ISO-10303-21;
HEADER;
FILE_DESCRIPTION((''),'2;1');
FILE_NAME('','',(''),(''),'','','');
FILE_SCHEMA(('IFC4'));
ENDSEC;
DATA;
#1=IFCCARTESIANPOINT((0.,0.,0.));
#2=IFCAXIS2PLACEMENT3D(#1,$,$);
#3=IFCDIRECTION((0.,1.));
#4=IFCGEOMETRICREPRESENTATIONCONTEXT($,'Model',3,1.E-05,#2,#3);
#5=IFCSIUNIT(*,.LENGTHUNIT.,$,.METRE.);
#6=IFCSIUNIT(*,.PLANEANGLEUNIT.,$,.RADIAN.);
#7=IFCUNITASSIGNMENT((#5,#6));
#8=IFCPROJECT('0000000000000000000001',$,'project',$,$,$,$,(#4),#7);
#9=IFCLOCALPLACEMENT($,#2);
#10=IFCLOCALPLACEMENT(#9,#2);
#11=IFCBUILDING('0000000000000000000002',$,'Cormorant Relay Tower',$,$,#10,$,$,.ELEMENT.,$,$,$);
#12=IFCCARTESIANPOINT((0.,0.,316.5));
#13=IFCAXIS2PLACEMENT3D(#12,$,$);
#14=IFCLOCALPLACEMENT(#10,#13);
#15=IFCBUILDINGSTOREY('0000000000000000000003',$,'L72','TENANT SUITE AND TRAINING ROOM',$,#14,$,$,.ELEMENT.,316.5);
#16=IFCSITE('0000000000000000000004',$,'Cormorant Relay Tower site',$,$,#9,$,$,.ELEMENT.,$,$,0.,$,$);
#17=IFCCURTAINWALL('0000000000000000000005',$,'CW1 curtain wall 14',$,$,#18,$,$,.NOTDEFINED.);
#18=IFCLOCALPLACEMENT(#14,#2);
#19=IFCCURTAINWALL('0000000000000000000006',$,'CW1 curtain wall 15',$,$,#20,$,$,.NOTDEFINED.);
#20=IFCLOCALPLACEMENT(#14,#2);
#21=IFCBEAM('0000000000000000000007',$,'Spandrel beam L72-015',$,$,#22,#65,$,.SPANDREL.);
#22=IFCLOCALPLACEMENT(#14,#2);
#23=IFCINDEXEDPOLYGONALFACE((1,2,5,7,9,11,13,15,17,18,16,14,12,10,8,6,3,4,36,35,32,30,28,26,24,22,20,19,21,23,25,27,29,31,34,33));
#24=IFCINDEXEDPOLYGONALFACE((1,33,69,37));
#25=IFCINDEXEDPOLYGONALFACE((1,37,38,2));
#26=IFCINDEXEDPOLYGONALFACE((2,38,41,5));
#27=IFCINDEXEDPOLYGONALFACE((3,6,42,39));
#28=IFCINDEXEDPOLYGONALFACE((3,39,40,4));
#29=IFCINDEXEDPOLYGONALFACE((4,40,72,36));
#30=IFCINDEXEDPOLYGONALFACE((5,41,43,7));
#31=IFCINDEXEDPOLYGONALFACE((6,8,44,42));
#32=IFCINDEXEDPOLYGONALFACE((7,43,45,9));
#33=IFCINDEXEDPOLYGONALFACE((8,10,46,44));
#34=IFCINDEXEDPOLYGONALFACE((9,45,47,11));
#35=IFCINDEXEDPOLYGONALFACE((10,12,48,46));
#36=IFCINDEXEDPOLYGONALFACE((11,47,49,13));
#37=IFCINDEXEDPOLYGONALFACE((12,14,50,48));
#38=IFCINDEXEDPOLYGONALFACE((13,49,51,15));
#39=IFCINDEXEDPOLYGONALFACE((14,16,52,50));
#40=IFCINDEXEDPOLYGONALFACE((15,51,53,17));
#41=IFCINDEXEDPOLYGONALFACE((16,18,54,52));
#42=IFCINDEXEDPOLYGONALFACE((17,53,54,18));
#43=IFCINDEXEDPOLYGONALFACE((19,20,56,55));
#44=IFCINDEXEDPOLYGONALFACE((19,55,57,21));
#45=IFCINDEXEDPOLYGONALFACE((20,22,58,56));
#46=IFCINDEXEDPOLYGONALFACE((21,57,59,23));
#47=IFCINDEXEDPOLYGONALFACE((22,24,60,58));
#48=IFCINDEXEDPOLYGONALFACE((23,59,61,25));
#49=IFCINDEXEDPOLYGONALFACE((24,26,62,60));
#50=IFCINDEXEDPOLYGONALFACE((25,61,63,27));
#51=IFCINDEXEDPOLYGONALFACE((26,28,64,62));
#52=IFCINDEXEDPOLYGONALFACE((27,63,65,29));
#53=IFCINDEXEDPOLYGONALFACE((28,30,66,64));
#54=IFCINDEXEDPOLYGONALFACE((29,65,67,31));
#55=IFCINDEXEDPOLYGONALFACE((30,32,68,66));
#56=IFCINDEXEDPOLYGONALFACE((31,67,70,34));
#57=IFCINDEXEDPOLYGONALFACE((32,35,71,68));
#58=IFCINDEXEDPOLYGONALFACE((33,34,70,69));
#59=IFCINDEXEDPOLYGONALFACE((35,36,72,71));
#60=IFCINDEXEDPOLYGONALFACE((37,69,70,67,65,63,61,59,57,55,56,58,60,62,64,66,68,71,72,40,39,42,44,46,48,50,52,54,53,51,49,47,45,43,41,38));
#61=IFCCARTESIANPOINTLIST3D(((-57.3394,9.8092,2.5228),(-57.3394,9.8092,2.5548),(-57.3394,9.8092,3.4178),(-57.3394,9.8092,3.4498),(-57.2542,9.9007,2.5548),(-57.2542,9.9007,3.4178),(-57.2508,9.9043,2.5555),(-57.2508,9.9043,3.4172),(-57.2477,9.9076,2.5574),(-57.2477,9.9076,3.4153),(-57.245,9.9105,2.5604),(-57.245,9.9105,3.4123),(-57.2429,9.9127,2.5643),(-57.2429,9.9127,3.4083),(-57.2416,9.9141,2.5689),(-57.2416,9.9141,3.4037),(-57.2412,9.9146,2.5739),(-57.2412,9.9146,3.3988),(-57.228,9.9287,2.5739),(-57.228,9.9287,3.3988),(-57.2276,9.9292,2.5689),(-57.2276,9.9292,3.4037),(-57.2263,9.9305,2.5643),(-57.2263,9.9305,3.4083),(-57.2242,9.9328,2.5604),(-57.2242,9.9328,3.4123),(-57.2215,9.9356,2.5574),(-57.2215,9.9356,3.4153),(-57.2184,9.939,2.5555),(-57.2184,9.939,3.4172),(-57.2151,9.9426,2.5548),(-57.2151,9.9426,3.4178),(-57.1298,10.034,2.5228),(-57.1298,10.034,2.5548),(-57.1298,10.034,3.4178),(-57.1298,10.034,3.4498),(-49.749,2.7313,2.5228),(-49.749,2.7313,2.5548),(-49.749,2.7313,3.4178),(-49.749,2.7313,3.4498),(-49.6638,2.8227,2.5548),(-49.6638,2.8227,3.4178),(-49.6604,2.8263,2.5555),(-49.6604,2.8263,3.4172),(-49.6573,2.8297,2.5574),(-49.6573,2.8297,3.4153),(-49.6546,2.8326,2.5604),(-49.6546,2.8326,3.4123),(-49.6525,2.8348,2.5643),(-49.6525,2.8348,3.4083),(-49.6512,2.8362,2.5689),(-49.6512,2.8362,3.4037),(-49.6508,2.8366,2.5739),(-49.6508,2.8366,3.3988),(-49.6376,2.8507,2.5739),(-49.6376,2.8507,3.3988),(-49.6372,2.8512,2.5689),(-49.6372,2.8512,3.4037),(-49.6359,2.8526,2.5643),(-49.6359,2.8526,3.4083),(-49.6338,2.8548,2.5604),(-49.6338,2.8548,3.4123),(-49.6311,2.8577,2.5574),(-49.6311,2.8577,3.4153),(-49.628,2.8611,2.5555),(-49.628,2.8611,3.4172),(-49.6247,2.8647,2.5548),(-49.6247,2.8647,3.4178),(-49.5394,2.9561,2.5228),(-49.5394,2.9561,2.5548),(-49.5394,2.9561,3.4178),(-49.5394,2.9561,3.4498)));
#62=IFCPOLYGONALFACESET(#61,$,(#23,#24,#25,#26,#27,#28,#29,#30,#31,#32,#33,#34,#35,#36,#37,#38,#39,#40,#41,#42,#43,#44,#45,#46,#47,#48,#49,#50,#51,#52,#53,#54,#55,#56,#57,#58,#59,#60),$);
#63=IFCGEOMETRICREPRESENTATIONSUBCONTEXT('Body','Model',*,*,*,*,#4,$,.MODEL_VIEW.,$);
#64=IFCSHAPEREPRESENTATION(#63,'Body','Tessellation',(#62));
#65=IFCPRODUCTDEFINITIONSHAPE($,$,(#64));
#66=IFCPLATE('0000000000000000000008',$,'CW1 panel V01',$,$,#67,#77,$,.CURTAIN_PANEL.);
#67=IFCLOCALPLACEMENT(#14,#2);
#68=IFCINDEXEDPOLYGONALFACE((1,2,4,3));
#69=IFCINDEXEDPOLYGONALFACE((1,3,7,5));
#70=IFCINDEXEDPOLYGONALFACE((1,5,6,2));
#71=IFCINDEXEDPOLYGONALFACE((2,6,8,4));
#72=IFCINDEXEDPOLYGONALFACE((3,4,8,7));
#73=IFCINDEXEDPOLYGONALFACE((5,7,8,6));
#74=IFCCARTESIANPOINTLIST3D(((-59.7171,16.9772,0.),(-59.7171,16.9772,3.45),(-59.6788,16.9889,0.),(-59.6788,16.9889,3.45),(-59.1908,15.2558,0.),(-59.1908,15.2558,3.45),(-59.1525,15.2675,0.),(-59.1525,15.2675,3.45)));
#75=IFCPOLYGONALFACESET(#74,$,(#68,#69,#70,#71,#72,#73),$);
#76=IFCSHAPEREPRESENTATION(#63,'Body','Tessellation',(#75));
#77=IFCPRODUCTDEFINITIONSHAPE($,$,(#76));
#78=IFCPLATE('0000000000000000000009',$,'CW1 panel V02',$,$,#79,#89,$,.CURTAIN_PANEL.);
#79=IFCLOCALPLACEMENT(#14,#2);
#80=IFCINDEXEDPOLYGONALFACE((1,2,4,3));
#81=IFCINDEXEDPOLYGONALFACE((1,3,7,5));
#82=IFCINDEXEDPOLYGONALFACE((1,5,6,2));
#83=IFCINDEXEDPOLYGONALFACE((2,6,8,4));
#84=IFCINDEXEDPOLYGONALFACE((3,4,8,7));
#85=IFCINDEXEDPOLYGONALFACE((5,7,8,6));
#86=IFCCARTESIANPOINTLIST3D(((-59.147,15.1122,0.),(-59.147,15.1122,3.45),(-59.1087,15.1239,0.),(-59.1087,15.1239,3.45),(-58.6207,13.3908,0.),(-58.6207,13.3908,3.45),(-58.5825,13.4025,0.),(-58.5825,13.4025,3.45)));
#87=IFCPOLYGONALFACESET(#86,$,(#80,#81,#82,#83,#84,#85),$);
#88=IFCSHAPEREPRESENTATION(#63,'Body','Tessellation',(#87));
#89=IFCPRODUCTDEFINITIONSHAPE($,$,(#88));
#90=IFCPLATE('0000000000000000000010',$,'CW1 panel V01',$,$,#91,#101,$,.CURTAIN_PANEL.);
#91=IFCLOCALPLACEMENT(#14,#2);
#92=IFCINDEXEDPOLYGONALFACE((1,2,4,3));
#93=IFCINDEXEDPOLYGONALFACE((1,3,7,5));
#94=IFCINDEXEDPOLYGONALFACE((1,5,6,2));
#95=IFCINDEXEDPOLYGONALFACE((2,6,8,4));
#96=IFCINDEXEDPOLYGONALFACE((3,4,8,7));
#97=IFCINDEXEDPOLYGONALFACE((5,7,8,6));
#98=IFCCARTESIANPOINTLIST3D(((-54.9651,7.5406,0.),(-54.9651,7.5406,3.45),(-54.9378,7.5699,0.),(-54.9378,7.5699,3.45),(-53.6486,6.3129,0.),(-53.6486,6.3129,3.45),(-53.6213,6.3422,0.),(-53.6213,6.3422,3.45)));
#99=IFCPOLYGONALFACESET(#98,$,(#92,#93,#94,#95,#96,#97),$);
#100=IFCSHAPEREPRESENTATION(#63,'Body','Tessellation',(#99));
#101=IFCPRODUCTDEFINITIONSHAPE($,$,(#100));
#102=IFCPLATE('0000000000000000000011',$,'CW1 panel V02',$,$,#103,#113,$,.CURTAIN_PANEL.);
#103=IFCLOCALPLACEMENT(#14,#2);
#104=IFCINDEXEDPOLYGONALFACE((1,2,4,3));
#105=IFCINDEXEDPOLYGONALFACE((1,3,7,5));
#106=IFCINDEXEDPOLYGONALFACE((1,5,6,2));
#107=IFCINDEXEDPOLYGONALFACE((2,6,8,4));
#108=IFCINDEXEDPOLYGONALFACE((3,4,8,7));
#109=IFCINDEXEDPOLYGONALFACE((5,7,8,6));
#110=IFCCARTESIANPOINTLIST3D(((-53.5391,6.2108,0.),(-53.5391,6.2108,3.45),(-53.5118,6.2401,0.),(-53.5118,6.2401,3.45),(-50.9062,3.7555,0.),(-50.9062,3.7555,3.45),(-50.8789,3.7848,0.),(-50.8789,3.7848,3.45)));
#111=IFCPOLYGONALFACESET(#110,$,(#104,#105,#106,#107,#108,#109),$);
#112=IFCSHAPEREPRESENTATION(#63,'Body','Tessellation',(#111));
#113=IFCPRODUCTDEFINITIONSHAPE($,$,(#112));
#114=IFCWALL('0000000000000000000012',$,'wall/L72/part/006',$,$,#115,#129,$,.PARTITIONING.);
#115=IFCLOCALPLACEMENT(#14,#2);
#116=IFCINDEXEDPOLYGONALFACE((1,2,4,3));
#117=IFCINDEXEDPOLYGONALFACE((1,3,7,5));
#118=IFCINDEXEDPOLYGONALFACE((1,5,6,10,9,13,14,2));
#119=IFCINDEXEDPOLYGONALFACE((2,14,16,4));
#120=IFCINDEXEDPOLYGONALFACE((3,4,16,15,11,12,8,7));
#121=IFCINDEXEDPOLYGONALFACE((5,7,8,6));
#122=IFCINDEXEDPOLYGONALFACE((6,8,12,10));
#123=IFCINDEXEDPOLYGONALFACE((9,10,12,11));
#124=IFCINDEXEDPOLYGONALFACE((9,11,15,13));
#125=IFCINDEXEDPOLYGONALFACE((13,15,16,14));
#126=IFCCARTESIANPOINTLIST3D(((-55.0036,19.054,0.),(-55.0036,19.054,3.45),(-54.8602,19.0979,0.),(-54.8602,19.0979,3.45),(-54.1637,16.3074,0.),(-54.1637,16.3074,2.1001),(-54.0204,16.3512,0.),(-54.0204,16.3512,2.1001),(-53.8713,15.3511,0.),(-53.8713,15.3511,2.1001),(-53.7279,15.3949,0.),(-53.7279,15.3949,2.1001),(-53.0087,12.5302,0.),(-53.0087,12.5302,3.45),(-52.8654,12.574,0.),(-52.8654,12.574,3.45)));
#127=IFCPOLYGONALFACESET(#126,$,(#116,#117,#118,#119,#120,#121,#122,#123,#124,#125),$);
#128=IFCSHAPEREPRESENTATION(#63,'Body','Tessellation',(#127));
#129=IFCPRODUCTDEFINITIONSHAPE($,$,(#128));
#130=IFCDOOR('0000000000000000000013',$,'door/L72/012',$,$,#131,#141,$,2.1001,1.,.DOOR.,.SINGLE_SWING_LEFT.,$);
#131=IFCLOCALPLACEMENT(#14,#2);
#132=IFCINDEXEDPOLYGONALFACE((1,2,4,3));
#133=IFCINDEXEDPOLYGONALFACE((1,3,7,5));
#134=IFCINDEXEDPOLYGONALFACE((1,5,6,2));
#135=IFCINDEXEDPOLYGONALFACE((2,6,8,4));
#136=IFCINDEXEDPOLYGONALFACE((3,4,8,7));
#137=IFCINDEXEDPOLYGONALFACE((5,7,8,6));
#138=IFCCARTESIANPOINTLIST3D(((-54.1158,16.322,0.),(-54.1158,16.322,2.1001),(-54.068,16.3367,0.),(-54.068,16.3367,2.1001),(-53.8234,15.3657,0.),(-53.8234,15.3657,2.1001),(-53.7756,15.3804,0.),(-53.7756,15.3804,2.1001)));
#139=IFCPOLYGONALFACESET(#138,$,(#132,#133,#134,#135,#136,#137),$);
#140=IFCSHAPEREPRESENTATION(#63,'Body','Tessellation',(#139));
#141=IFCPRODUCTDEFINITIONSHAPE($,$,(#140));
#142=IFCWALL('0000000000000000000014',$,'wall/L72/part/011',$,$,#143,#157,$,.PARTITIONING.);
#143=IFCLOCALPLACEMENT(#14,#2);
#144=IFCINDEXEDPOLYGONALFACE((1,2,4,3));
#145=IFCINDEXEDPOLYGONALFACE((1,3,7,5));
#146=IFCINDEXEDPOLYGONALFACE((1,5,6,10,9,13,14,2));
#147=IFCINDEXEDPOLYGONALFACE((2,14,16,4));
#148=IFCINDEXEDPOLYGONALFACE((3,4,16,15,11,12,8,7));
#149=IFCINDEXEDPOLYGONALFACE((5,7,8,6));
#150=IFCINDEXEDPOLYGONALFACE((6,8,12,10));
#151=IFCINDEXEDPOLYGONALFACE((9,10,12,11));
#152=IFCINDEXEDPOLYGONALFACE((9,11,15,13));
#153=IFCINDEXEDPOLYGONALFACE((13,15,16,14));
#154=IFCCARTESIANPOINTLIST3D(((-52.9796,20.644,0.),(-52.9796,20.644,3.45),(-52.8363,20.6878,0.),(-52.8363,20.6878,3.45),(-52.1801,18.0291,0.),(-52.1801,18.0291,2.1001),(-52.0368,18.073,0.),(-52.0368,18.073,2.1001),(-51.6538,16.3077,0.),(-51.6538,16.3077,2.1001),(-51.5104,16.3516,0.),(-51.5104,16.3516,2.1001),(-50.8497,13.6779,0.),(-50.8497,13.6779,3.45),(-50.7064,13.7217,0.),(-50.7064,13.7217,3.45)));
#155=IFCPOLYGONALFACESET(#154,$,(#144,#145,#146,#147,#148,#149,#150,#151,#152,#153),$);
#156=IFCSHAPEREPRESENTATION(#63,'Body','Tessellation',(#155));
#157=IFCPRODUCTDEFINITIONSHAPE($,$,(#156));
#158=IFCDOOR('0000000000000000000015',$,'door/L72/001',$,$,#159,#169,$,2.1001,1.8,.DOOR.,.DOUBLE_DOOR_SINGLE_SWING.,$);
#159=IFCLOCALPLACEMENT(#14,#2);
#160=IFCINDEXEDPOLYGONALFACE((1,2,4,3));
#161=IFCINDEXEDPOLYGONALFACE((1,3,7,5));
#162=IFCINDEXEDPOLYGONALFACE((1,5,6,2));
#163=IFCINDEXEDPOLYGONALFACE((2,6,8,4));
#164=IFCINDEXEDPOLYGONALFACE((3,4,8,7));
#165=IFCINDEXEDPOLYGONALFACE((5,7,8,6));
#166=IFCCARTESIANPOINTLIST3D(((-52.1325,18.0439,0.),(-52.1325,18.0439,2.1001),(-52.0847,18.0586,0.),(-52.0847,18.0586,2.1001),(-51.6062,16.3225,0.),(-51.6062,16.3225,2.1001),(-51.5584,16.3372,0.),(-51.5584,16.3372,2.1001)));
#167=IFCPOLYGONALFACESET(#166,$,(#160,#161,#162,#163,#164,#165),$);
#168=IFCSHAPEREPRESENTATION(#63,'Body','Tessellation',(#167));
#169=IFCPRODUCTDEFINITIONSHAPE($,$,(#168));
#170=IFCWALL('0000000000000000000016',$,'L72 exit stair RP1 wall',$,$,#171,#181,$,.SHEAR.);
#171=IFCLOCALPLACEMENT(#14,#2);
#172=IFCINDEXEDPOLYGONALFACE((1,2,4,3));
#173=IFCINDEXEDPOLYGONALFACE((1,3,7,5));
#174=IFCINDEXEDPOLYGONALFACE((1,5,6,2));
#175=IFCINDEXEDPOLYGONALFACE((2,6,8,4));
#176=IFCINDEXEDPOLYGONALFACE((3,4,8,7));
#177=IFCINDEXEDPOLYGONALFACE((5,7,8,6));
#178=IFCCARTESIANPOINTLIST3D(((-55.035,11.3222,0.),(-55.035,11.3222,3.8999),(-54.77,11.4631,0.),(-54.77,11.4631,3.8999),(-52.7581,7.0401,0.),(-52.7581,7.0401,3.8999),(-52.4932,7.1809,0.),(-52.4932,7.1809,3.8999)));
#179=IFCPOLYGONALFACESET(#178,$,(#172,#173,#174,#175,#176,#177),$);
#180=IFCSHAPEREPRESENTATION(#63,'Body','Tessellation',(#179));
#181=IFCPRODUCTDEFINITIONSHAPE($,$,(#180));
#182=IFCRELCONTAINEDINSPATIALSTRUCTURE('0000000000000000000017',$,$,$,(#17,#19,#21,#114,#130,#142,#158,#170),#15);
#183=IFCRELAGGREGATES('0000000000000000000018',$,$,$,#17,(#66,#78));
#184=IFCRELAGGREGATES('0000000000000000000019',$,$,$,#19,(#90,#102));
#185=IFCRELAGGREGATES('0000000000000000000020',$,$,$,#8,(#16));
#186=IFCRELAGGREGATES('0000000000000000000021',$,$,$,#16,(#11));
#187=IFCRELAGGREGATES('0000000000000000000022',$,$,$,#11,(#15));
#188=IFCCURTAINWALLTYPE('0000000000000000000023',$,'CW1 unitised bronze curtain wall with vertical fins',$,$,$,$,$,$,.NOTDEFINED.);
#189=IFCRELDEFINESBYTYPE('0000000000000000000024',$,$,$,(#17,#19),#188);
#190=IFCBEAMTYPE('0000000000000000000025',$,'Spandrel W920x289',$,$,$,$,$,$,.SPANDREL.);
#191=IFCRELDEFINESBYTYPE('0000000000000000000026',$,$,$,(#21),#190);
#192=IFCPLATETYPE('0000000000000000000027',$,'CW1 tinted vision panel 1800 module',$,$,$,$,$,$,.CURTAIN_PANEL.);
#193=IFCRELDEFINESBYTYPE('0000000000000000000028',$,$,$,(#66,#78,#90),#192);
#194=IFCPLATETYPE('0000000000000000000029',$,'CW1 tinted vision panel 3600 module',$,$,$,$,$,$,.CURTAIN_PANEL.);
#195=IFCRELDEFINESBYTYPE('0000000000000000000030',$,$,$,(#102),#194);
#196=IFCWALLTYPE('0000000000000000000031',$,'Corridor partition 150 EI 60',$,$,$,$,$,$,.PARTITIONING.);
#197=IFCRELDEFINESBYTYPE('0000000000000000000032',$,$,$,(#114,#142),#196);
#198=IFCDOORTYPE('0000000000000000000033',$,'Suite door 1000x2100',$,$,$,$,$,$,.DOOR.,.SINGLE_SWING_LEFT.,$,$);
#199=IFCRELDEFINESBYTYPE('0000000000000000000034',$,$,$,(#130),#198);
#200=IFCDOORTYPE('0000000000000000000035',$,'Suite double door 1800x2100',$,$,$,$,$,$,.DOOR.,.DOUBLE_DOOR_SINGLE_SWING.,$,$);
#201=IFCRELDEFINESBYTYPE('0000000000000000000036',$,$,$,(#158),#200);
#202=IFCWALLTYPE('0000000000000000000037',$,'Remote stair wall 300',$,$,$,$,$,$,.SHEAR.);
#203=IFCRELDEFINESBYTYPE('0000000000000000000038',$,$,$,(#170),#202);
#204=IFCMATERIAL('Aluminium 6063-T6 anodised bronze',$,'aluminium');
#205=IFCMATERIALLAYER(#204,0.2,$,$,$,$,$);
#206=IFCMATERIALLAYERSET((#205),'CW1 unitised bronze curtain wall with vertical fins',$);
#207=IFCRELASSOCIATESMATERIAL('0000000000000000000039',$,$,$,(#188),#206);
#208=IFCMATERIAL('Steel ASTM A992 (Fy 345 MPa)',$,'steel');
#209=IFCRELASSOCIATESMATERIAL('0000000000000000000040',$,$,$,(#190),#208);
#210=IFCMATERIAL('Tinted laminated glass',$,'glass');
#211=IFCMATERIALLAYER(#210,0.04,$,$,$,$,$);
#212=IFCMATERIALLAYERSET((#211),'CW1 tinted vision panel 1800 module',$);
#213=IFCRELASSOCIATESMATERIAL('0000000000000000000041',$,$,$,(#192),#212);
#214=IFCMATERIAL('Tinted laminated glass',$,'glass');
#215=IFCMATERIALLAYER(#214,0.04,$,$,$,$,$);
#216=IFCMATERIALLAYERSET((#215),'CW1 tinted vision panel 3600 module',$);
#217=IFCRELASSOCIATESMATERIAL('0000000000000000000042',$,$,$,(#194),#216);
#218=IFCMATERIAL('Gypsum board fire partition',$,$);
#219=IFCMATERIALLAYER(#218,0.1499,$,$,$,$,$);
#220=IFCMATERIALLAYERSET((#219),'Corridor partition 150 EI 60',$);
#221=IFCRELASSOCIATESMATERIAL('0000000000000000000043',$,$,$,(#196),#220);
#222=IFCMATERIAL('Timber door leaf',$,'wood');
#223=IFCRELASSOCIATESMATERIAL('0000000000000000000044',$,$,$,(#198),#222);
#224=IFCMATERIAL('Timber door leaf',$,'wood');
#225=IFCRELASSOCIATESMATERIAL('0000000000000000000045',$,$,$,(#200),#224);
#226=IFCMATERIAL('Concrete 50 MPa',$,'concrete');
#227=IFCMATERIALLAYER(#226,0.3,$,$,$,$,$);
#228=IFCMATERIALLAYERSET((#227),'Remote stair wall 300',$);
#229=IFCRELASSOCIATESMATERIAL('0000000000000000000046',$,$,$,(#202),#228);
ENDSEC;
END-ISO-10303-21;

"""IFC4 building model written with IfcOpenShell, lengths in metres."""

from ifc_helpers import new_model, si_unit, direction, frame, frame_2d, origin, origin_2d, place, context, subcontext, project, spatial, rectangle, i_section, extrude, material, layer, layer_set, material_profile, profile_set, type_object, element, fill, aggregate, save


model = new_model("IFC4")

# Units and contexts
model_context = context("Model", 3, precision=1e-05, world=origin(), true_north=direction((0.0, 1.0)))
body_context = subcontext(model_context, "Body", "Model", "MODEL_VIEW")
ifc_project = project(units=[si_unit("LENGTHUNIT", "METRE"), si_unit("PLANEANGLEUNIT", "RADIAN")], contexts=[model_context])

# Site, building, storey
site_placement = place(None, origin())
site = spatial("IfcSite", under=ifc_project, at=site_placement, Name="Cormorant Relay Tower site", CompositionType="ELEMENT", RefElevation=0.0)
building_placement = place(site_placement, origin())
building = spatial("IfcBuilding", under=site, at=building_placement, Name="Cormorant Relay Tower", CompositionType="ELEMENT")
storey_placement = place(building_placement, frame((0.0, 0.0, 316.5)))
storey = spatial("IfcBuildingStorey", under=building, at=storey_placement, Name="L72", Description="TENANT SUITE AND TRAINING ROOM", CompositionType="ELEMENT", Elevation=316.5)

# Curtain wall
ifc_material_1 = material(Name="Aluminium 6063-T6 anodised bronze", Category="aluminium")
ifc_layer_1 = layer(ifc_material_1, 0.2)
ifc_layer_set_1 = layer_set([ifc_layer_1], Name="CW1 unitised bronze curtain wall with vertical fins")
curtain_wall_type = type_object("IfcCurtainWallType", Name="CW1 unitised bronze curtain wall with vertical fins", PredefinedType="NOTDEFINED", material=ifc_layer_set_1)
curtain_wall_1_placement = place(storey_placement, origin())
curtain_wall_1 = element("IfcCurtainWall", 1, at=curtain_wall_1_placement, inside=storey, type_object=curtain_wall_type, Name="CW1 curtain wall 14", PredefinedType="NOTDEFINED")

# Curtain wall
curtain_wall_2_placement = place(storey_placement, origin())
curtain_wall_2 = element("IfcCurtainWall", 2, at=curtain_wall_2_placement, inside=storey, type_object=curtain_wall_type, Name="CW1 curtain wall 15", PredefinedType="NOTDEFINED")

# Beam
ifc_material_2 = material(Name="Steel ASTM A992 (Fy 345 MPa)", Category="steel")
ifc_material_profile_1 = material_profile(ifc_material_2, i_section(OverallWidth=0.3074, OverallDepth=0.927, WebThickness=0.0193, FlangeThickness=0.032, FilletRadius=0.019, at=origin_2d()), Name="W920x289")
ifc_profile_set_1 = profile_set([ifc_material_profile_1], Name="Steel ASTM A992 (Fy 345 MPa)")
beam_type = type_object("IfcBeamType", Name="Spandrel W920x289", PredefinedType="SPANDREL", material=ifc_profile_set_1)
beam_placement = place(storey_placement, frame((-57.2346, 9.9216, 2.9863), z_axis=(0.731364, -0.681987, 0.0), x_axis=(0.681987, 0.731364, 0.0)))
element("IfcBeam", 3, at=beam_placement, inside=storey, type_object=beam_type, Name="Spandrel beam L72-015", PredefinedType="SPANDREL", context=body_context, shape_type="SweptSolid", body=[
    extrude(i_section(OverallWidth=0.3074, OverallDepth=0.927, WebThickness=0.0193, FlangeThickness=0.032, FilletRadius=0.019, at=origin_2d()), origin(), (0.0, 0.0, 1.0), 10.3784),
])

# Plates
ifc_material_3 = material(Name="Tinted laminated glass", Category="glass")
ifc_layer_2 = layer(ifc_material_3, 0.04)
ifc_layer_set_2 = layer_set([ifc_layer_2], Name="CW1 tinted vision panel 1800 module")
plate_type_1 = type_object("IfcPlateType", Name="CW1 tinted vision panel 1800 module", PredefinedType="CURTAIN_PANEL", material=ifc_layer_set_2)
plate_1_placement = place(storey_placement, frame((-59.4348, 16.1223, 0.0), z_axis=(0.0, 0.0, 1.0), x_axis=(0.292372, -0.956305, 0.0)))
plate_1 = element("IfcPlate", 4, at=plate_1_placement, type_object=plate_type_1, Name="CW1 panel V01", PredefinedType="CURTAIN_PANEL", context=body_context, shape_type="SweptSolid", body=[
    extrude(rectangle(XDim=1.8, YDim=0.04, at=origin_2d()), origin(), (0.0, 0.0, 1.0), 3.45),
])
plate_2_placement = place(storey_placement, frame((-58.8647, 14.2573, 0.0), z_axis=(0.0, 0.0, 1.0), x_axis=(0.292372, -0.956305, 0.0)))
plate_2 = element("IfcPlate", 5, at=plate_2_placement, type_object=plate_type_1, Name="CW1 panel V02", PredefinedType="CURTAIN_PANEL", context=body_context, shape_type="SweptSolid", body=[
    extrude(rectangle(XDim=1.8, YDim=0.04, at=origin_2d()), origin(), (0.0, 0.0, 1.0), 3.45),
])
plate_3_placement = place(storey_placement, frame((-54.2932, 6.9414, 0.0), z_axis=(0.0, 0.0, 1.0), x_axis=(0.731354, -0.681998, 0.0)))
plate_3 = element("IfcPlate", 6, at=plate_3_placement, type_object=plate_type_1, Name="CW1 panel V01", PredefinedType="CURTAIN_PANEL", context=body_context, shape_type="SweptSolid", body=[
    extrude(rectangle(XDim=1.8, YDim=0.04, at=origin_2d()), origin(), (0.0, 0.0, 1.0), 3.45),
])
ifc_material_4 = material(Name="Tinted laminated glass", Category="glass")
ifc_layer_3 = layer(ifc_material_4, 0.04)
ifc_layer_set_3 = layer_set([ifc_layer_3], Name="CW1 tinted vision panel 3600 module")
plate_type_2 = type_object("IfcPlateType", Name="CW1 tinted vision panel 3600 module", PredefinedType="CURTAIN_PANEL", material=ifc_layer_set_3)
plate_4_placement = place(storey_placement, frame((-52.209, 4.9978, 0.0), z_axis=(0.0, 0.0, 1.0), x_axis=(0.731354, -0.681998, 0.0)))
plate_4 = element("IfcPlate", 7, at=plate_4_placement, type_object=plate_type_2, Name="CW1 panel V02", PredefinedType="CURTAIN_PANEL", context=body_context, shape_type="SweptSolid", body=[
    extrude(rectangle(XDim=3.6001, YDim=0.04, at=origin_2d()), origin(), (0.0, 0.0, 1.0), 3.45),
])

# Walls, openings, doors
ifc_material_5 = material(Name="Gypsum board fire partition")
ifc_layer_4 = layer(ifc_material_5, 0.1499)
ifc_layer_set_4 = layer_set([ifc_layer_4], Name="Corridor partition 150 EI 60")
wall_type_1 = type_object("IfcWallType", Name="Corridor partition 150 EI 60", PredefinedType="PARTITIONING", material=ifc_layer_set_4)
wall_1_placement = place(storey_placement, frame((-52.937, 12.552, 0.0), z_axis=(0.0, 0.0, 1.0), x_axis=(-0.292413, 0.956292, 0.0)))
wall_1 = element("IfcWall", 8, at=wall_1_placement, inside=storey, type_object=wall_type_1, Name="wall/L72/part/006", PredefinedType="PARTITIONING", context=body_context, shape_type="SweptSolid", body=[
    extrude(rectangle(XDim=6.822, YDim=0.1499, at=frame_2d((3.4111, 0.0))), origin(), (0.0, 0.0, 1.0), 3.45),
])
opening_1_placement = place(wall_1_placement, frame((2.95, 0.0, 0.0)))
opening_1 = element("IfcOpeningElement", 9, at=opening_1_placement, cuts=wall_1, PredefinedType="OPENING", context=body_context, shape_type="SweptSolid", body=[
    extrude(rectangle(XDim=1.0, YDim=2.1001, at=frame_2d((0.5, 1.05))), frame((0.0, 0.085, 0.0), z_axis=(0.0, -1.0, 0.0), x_axis=(1.0, 0.0, 0.0)), (0.0, 0.0, 1.0), 0.1699),
])
ifc_material_6 = material(Name="Timber door leaf", Category="wood")
door_type_1 = type_object("IfcDoorType", Name="Suite door 1000x2100", OperationType="SINGLE_SWING_LEFT", PredefinedType="DOOR", material=ifc_material_6)
door_1_placement = place(opening_1_placement, origin())
door_1 = element("IfcDoor", 10, at=door_1_placement, inside=storey, type_object=door_type_1, Name="door/L72/012", OperationType="SINGLE_SWING_LEFT", OverallHeight=2.1001, OverallWidth=1.0, PredefinedType="DOOR", context=body_context, shape_type="SweptSolid", body=[
    extrude(rectangle(XDim=1.0, YDim=2.1001, at=frame_2d((0.5, 1.05))), frame((0.0, 0.0249, 0.0), z_axis=(0.0, -1.0, 0.0), x_axis=(1.0, 0.0, 0.0)), (0.0, 0.0, 1.0), 0.05),
])
fill(opening_1, door_1)
wall_2_placement = place(storey_placement, frame((-50.7781, 13.7, 0.0), z_axis=(0.0, 0.0, 1.0), x_axis=(-0.29239, 0.956299, 0.0)))
wall_2 = element("IfcWall", 11, at=wall_2_placement, inside=storey, type_object=wall_type_1, Name="wall/L72/part/011", PredefinedType="PARTITIONING", context=body_context, shape_type="SweptSolid", body=[
    extrude(rectangle(XDim=7.2844, YDim=0.1499, at=frame_2d((3.6421, 0.0))), origin(), (0.0, 0.0, 1.0), 3.45),
])
opening_2_placement = place(wall_2_placement, frame((2.75, 0.0, 0.0)))
opening_2 = element("IfcOpeningElement", 12, at=opening_2_placement, cuts=wall_2, PredefinedType="OPENING", context=body_context, shape_type="SweptSolid", body=[
    extrude(rectangle(XDim=1.8, YDim=2.1001, at=frame_2d((0.8999, 1.05))), frame((0.0, 0.085, 0.0), z_axis=(0.0, -1.0, 0.0), x_axis=(1.0, 0.0, 0.0)), (0.0, 0.0, 1.0), 0.1699),
])
ifc_material_7 = material(Name="Timber door leaf", Category="wood")
door_type_2 = type_object("IfcDoorType", Name="Suite double door 1800x2100", OperationType="DOUBLE_DOOR_SINGLE_SWING", PredefinedType="DOOR", material=ifc_material_7)
door_2_placement = place(opening_2_placement, frame((1.8, 0.0, 0.0), z_axis=(0.0, 0.0, 1.0), x_axis=(-1.0, 0.0, 0.0)))
door_2 = element("IfcDoor", 13, at=door_2_placement, inside=storey, type_object=door_type_2, Name="door/L72/001", OperationType="DOUBLE_DOOR_SINGLE_SWING", OverallHeight=2.1001, OverallWidth=1.8, PredefinedType="DOOR", context=body_context, shape_type="SweptSolid", body=[
    extrude(rectangle(XDim=1.8, YDim=2.1001, at=frame_2d((0.8999, 1.05))), frame((0.0, 0.0249, 0.0), z_axis=(0.0, -1.0, 0.0), x_axis=(1.0, 0.0, 0.0)), (0.0, 0.0, 1.0), 0.05),
])
fill(opening_2, door_2)

# Wall
ifc_material_8 = material(Name="Concrete 50 MPa", Category="concrete")
ifc_layer_5 = layer(ifc_material_8, 0.3)
ifc_layer_set_5 = layer_set([ifc_layer_5], Name="Remote stair wall 300")
wall_type_2 = type_object("IfcWallType", Name="Remote stair wall 300", PredefinedType="SHEAR", material=ifc_layer_set_5)
wall_3_placement = place(storey_placement, frame((-52.6257, 7.1106, 0.0), z_axis=(0.0, 0.0, 1.0), x_axis=(-0.469464, 0.882951, 0.0)))
element("IfcWall", 14, at=wall_3_placement, inside=storey, type_object=wall_type_2, Name="L72 exit stair RP1 wall", PredefinedType="SHEAR", context=body_context, shape_type="SweptSolid", body=[
    extrude(rectangle(XDim=4.8499, YDim=0.3, at=frame_2d((2.4248, 0.0))), origin(), (0.0, 0.0, 1.0), 3.8999),
])

aggregate(curtain_wall_1, [plate_1, plate_2])
aggregate(curtain_wall_2, [plate_3, plate_4])

save(model, "model.ifc")
